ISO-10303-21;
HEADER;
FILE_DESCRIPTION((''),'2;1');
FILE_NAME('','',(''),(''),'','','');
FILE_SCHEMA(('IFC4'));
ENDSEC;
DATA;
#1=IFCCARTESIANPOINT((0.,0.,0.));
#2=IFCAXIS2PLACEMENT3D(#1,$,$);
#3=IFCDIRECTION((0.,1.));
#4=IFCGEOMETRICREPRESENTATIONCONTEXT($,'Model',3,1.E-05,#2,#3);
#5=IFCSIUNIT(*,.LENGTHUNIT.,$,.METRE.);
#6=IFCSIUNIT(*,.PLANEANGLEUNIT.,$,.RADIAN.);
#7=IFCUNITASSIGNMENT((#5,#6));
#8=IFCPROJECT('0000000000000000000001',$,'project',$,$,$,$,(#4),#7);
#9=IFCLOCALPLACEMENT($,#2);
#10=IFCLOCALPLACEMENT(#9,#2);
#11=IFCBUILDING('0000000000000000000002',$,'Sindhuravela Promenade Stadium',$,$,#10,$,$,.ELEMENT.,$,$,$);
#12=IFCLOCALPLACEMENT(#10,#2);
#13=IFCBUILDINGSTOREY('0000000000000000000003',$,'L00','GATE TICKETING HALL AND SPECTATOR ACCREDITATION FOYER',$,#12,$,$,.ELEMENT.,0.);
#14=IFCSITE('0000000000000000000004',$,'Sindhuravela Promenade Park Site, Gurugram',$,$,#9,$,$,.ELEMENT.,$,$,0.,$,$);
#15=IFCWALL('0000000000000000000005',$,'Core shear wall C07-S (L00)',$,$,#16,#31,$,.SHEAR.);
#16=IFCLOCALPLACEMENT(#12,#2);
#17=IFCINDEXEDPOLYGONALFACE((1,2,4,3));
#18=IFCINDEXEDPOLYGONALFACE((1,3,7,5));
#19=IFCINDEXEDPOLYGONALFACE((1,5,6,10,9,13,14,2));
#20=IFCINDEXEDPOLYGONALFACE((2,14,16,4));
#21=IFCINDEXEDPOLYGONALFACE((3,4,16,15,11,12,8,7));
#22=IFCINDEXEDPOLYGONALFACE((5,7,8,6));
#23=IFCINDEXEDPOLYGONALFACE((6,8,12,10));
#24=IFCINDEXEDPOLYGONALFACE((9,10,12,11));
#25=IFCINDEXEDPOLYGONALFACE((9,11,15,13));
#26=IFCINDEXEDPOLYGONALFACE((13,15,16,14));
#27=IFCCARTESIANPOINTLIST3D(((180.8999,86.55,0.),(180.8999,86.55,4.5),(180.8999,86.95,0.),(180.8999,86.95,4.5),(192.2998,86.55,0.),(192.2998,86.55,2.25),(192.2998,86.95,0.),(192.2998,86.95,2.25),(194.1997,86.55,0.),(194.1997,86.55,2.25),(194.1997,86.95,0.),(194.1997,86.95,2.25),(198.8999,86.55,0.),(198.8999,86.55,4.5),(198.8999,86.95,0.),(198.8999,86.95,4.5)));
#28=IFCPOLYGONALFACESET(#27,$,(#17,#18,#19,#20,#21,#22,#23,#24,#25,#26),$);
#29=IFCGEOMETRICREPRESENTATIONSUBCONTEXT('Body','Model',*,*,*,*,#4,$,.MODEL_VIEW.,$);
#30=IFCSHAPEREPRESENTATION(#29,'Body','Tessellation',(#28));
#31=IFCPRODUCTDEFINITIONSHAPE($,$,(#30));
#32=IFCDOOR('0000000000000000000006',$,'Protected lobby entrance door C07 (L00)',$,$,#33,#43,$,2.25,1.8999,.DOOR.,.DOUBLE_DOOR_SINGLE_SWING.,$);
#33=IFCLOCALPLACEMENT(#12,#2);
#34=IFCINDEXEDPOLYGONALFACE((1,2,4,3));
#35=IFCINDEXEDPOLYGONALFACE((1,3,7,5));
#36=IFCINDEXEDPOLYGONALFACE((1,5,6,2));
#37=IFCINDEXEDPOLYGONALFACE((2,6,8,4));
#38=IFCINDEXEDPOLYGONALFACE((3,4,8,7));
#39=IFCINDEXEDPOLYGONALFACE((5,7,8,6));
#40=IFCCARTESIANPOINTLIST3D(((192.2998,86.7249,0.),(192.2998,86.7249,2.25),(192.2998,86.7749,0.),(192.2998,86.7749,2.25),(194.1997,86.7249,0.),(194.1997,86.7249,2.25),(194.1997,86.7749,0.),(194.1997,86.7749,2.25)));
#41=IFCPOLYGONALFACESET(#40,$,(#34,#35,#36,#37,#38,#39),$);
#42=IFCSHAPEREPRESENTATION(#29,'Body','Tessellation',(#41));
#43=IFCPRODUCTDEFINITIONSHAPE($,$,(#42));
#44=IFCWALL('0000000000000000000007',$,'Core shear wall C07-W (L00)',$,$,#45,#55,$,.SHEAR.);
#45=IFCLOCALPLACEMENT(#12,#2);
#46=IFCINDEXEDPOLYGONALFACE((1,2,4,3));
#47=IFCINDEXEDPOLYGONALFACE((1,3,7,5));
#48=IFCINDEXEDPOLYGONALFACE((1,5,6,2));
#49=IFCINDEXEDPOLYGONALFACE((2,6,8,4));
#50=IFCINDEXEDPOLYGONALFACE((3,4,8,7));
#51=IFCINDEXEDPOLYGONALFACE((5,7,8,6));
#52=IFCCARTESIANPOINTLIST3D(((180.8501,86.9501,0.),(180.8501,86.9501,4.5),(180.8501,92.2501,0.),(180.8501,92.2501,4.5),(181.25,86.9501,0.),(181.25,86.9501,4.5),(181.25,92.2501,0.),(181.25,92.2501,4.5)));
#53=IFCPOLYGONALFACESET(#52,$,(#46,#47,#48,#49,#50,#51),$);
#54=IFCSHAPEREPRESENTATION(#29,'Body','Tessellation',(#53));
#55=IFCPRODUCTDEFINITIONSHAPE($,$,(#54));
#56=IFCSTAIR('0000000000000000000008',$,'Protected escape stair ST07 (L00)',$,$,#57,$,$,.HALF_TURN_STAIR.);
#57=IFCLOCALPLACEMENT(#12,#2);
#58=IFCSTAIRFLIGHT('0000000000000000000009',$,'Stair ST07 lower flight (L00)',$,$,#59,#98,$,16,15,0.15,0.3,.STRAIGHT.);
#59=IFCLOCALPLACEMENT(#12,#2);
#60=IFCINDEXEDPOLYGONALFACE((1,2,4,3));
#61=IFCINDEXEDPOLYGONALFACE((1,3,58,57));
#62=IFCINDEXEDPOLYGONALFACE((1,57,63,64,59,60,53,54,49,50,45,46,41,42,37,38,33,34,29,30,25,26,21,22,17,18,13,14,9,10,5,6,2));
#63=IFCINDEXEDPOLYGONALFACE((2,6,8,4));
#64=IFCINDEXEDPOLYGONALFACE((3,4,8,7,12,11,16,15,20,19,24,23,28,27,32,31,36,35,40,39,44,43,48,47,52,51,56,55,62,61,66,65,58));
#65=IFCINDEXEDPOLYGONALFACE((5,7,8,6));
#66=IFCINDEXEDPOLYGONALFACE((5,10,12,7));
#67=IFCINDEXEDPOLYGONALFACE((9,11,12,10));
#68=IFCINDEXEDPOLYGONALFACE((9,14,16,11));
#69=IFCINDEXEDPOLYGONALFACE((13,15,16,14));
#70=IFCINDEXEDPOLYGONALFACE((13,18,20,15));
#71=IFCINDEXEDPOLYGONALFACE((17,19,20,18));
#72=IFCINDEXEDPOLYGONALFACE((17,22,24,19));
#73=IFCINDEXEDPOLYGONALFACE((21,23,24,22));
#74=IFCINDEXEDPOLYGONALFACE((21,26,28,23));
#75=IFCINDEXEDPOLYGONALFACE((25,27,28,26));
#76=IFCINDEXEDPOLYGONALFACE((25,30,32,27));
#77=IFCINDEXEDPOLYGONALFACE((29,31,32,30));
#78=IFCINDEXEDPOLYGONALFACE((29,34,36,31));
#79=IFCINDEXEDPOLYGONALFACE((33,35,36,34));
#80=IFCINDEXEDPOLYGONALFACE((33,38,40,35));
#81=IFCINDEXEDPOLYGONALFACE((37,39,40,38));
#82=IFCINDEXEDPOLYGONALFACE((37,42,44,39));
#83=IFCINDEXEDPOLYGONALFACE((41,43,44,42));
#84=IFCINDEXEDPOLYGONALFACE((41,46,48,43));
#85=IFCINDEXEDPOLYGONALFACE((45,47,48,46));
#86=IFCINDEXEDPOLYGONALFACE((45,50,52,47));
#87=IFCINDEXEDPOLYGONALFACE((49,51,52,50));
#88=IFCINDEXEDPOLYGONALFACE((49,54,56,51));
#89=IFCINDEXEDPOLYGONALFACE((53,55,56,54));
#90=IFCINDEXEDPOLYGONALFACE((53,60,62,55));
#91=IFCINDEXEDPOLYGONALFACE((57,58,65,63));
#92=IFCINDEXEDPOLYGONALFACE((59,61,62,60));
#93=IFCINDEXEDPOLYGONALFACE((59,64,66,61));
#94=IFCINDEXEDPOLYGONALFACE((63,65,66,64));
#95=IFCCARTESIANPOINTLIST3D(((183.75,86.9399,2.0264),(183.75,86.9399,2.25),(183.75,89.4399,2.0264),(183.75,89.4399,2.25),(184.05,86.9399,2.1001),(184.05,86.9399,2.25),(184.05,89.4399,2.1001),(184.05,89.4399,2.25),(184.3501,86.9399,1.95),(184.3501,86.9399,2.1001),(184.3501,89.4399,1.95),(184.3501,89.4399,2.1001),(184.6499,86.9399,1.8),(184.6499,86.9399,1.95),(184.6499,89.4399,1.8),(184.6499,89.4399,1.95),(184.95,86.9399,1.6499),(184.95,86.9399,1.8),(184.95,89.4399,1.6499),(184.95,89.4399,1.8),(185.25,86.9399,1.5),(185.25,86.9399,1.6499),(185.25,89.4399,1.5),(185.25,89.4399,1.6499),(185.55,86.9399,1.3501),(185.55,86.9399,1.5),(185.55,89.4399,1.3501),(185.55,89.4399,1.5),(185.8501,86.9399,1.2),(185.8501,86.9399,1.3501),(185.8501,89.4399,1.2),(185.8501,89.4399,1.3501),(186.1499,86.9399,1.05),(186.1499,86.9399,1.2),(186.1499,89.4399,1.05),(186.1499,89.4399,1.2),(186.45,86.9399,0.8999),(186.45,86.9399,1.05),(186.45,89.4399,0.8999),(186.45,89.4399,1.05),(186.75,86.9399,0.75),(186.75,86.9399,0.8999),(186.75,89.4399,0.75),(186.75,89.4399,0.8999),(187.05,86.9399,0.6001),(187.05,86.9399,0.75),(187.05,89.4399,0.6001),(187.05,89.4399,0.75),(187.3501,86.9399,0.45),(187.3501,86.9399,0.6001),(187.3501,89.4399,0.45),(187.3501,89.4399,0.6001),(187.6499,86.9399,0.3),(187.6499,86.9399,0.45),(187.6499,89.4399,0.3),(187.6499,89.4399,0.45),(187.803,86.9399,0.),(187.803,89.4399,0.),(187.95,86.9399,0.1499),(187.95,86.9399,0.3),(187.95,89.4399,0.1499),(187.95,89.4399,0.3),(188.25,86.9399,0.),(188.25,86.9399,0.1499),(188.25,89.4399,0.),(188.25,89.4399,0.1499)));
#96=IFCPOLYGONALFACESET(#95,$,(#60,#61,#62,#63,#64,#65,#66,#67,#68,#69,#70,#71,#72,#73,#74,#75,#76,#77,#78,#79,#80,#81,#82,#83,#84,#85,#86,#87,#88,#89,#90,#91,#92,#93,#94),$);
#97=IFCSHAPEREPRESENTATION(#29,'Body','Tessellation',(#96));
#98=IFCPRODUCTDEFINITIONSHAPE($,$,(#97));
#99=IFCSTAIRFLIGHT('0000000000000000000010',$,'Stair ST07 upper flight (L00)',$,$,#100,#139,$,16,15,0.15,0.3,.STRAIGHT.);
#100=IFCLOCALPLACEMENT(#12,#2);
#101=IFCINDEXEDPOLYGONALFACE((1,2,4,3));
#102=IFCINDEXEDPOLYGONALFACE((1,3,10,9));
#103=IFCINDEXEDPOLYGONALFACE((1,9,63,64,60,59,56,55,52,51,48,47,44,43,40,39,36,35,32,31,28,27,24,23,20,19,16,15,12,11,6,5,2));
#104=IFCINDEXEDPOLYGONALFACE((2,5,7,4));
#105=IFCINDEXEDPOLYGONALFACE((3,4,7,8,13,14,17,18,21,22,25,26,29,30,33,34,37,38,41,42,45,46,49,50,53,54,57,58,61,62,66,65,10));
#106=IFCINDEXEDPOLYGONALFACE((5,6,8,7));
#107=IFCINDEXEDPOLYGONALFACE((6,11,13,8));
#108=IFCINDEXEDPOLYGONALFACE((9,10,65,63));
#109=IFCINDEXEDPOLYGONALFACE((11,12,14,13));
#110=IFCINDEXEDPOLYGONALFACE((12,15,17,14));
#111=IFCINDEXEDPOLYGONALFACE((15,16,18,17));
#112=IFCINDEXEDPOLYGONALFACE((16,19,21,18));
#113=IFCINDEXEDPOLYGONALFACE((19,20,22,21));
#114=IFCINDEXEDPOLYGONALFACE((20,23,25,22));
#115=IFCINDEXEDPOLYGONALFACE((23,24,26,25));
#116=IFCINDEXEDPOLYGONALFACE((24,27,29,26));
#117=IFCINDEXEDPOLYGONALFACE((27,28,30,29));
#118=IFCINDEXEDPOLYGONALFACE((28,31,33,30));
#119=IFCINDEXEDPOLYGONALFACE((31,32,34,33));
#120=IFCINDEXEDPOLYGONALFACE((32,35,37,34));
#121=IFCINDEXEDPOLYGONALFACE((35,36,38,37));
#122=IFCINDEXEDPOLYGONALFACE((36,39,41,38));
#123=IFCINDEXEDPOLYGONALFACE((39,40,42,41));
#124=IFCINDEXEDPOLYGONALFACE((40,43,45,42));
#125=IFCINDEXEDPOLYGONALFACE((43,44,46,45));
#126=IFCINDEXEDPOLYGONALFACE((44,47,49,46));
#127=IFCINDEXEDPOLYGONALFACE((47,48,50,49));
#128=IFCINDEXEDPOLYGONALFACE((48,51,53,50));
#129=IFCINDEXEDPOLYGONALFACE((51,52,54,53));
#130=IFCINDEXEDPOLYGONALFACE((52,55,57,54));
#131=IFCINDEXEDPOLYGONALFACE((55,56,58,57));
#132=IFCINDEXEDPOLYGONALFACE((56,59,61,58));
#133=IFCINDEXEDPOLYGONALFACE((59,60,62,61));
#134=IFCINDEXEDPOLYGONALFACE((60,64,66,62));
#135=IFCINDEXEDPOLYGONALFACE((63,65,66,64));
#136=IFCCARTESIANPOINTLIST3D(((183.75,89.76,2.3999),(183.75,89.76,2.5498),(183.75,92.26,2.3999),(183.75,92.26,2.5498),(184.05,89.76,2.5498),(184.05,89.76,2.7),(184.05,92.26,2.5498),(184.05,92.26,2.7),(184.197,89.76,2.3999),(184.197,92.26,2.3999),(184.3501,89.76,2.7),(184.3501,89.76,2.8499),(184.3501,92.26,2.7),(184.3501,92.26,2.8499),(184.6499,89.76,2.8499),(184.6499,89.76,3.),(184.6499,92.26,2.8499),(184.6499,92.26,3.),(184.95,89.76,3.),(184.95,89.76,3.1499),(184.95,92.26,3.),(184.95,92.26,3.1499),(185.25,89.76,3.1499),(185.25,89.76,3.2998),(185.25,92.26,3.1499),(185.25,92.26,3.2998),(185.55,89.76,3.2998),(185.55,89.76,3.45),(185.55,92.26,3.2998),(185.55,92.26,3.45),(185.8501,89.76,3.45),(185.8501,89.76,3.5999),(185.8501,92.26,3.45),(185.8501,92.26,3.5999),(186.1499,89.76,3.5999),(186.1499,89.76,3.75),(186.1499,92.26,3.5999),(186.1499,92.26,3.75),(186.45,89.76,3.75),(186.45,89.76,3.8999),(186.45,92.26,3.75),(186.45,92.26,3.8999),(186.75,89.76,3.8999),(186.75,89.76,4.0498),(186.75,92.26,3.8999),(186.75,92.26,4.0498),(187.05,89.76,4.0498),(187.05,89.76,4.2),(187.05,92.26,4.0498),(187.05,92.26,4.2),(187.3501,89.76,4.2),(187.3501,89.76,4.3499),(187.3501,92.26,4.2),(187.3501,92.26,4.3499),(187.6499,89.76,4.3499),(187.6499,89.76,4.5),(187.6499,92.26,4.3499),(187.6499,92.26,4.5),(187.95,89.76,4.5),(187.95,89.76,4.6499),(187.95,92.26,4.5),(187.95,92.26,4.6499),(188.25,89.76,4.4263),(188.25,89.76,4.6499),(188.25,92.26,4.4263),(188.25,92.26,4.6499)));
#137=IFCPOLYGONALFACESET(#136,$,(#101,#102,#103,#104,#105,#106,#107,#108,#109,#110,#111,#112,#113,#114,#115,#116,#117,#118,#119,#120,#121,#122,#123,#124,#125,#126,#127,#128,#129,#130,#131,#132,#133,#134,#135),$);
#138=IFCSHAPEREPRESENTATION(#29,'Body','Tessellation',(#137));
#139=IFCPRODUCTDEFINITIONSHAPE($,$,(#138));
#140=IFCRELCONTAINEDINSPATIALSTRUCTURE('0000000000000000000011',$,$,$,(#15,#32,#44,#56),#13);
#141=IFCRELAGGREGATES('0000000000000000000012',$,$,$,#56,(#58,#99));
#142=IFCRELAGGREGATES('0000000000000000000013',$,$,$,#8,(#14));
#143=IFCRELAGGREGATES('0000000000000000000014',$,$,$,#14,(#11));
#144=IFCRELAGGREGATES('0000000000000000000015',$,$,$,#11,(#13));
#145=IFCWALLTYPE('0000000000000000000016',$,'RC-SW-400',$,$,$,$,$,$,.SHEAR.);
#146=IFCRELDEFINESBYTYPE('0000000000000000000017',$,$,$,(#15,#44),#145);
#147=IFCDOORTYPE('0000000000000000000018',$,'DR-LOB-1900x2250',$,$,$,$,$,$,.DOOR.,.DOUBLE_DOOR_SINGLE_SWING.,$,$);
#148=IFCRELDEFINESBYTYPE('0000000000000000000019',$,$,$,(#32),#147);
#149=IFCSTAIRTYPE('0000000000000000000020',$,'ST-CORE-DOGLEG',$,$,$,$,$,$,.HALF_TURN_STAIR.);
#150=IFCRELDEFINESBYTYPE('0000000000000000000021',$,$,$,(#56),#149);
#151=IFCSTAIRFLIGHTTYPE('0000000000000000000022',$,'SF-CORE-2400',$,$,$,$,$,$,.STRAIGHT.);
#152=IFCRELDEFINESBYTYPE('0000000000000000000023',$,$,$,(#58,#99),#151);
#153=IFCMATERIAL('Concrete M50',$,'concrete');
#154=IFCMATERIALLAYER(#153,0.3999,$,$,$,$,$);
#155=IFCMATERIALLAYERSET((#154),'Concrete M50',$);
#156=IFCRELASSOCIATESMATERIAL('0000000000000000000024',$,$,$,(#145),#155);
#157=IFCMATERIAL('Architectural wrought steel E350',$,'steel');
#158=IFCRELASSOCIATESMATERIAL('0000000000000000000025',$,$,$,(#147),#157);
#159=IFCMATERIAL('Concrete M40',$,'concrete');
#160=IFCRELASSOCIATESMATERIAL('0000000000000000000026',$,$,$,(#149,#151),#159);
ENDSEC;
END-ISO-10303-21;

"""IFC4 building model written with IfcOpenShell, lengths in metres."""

from ifc_helpers import new_model, si_unit, direction, frame, frame_2d, origin, place, context, subcontext, project, spatial, polyline, rectangle, outline, extrude, material, layer, layer_set, type_object, element, fill, aggregate, save


model = new_model("IFC4")

# Units and contexts
model_context = context("Model", 3, precision=1e-05, world=origin(), true_north=direction((0.0, 1.0)))
body_context = subcontext(model_context, "Body", "Model", "MODEL_VIEW")
ifc_project = project(units=[si_unit("LENGTHUNIT", "METRE"), si_unit("PLANEANGLEUNIT", "RADIAN")], contexts=[model_context])

# Site, building, storey
site_placement = place(None, origin())
site = spatial("IfcSite", under=ifc_project, at=site_placement, Name="Sindhuravela Promenade Park Site, Gurugram", CompositionType="ELEMENT", RefElevation=0.0)
building_placement = place(site_placement, origin())
building = spatial("IfcBuilding", under=site, at=building_placement, Name="Sindhuravela Promenade Stadium", CompositionType="ELEMENT")
storey_placement = place(building_placement, origin())
storey = spatial("IfcBuildingStorey", under=building, at=storey_placement, Name="L00", Description="GATE TICKETING HALL AND SPECTATOR ACCREDITATION FOYER", CompositionType="ELEMENT", Elevation=0.0)

# Shared definitions
ifc_material_1 = material(Name="Concrete M50", Category="concrete")

# Shared definitions
ifc_material_2 = material(Name="Concrete M40", Category="concrete")

# Wall, opening, door
ifc_layer_1 = layer(ifc_material_1, 0.3999)
ifc_layer_set_1 = layer_set([ifc_layer_1], Name="Concrete M50")
wall_type_1 = type_object("IfcWallType", Name="RC-SW-400", PredefinedType="SHEAR", material=ifc_layer_set_1)
wall_1_placement = place(storey_placement, frame((180.8999, 86.75, 0.0), z_axis=(0.0, 0.0, 1.0), x_axis=(1.0, 0.0, 0.0)))
wall_1 = element("IfcWall", 1, at=wall_1_placement, inside=storey, type_object=wall_type_1, Name="Core shear wall C07-S (L00)", PredefinedType="SHEAR", context=body_context, shape_type="SweptSolid", body=[
    extrude(rectangle(XDim=18.0, YDim=0.3999, at=frame_2d((9.0, 0.0))), origin(), (0.0, 0.0, 1.0), 4.5),
])
opening_1_placement = place(wall_1_placement, frame((11.3999, 0.0, 0.0)))
opening_1 = element("IfcOpeningElement", 2, at=opening_1_placement, cuts=wall_1, PredefinedType="OPENING", context=body_context, shape_type="SweptSolid", body=[
    extrude(rectangle(XDim=1.8999, YDim=2.25, at=frame_2d((0.95, 1.125))), frame((0.0, 0.21, 0.0), z_axis=(0.0, -1.0, 0.0), x_axis=(1.0, 0.0, 0.0)), (0.0, 0.0, 1.0), 0.4199),
])
ifc_material_3 = material(Name="Architectural wrought steel E350", Category="steel")
door_type_1 = type_object("IfcDoorType", Name="DR-LOB-1900x2250", OperationType="DOUBLE_DOOR_SINGLE_SWING", PredefinedType="DOOR", material=ifc_material_3)
door_1_placement = place(opening_1_placement, origin())
door_1 = element("IfcDoor", 3, at=door_1_placement, inside=storey, type_object=door_type_1, Name="Protected lobby entrance door C07 (L00)", OperationType="DOUBLE_DOOR_SINGLE_SWING", OverallHeight=2.25, OverallWidth=1.8999, PredefinedType="DOOR", context=body_context, shape_type="SweptSolid", body=[
    extrude(rectangle(XDim=1.8999, YDim=2.25, at=frame_2d((0.95, 1.125))), frame((0.0, 0.0249, 0.0), z_axis=(0.0, -1.0, 0.0), x_axis=(1.0, 0.0, 0.0)), (0.0, 0.0, 1.0), 0.05),
])
fill(opening_1, door_1)

# Wall
wall_2_placement = place(storey_placement, frame((181.05, 92.25, 0.0), z_axis=(0.0, 0.0, 1.0), x_axis=(0.0, -1.0, 0.0)))
element("IfcWall", 4, at=wall_2_placement, inside=storey, type_object=wall_type_1, Name="Core shear wall C07-W (L00)", PredefinedType="SHEAR", context=body_context, shape_type="SweptSolid", body=[
    extrude(rectangle(XDim=5.3, YDim=0.3999, at=frame_2d((2.6499, 0.0))), origin(), (0.0, 0.0, 1.0), 4.5),
])

# Stair, stair flights
stair_type = type_object("IfcStairType", Name="ST-CORE-DOGLEG", PredefinedType="HALF_TURN_STAIR", material=ifc_material_2)
stair_placement = place(storey_placement, origin())
stair = element("IfcStair", 5, at=stair_placement, inside=storey, type_object=stair_type, Name="Protected escape stair ST07 (L00)", PredefinedType="HALF_TURN_STAIR")
stair_flight_type = type_object("IfcStairFlightType", Name="SF-CORE-2400", PredefinedType="STRAIGHT", material=ifc_material_2)
stair_flight_1_placement = place(storey_placement, frame((188.25, 88.1899, 0.0), z_axis=(0.0, 0.0, 1.0), x_axis=(-1.0, 0.0, 0.0)))
stair_flight_1 = element("IfcStairFlight", 6, at=stair_flight_1_placement, type_object=stair_flight_type, Name="Stair ST07 lower flight (L00)", NumberOfRisers=16, NumberOfTreads=15, PredefinedType="STRAIGHT", RiserHeight=0.15, TreadLength=0.3, context=body_context, shape_type="SweptSolid", body=[
    extrude(outline(polyline([(0.0, 0.0), (0.0, 0.1499), (0.3, 0.1499), (0.3, 0.3), (0.6001, 0.3), (0.6001, 0.45), (0.8999, 0.45), (0.8999, 0.6001), (1.2, 0.6001), (1.2, 0.75), (1.5, 0.75), (1.5, 0.8999), (1.8, 0.8999), (1.8, 1.05), (2.1001, 1.05), (2.1001, 1.2), (2.3999, 1.2), (2.3999, 1.3501), (2.7, 1.3501), (2.7, 1.5), (3.0, 1.5), (3.0, 1.6499), (3.3, 1.6499), (3.3, 1.8), (3.6001, 1.8), (3.6001, 1.95), (3.8999, 1.95), (3.8999, 2.1001), (4.2, 2.1001), (4.2, 2.25), (4.5, 2.25), (4.5, 2.3999), (4.5, 2.0264), (0.447, 0.0), (0.0, 0.0)])), frame((0.0, 1.25, 0.0), z_axis=(0.0, -1.0, 0.0), x_axis=(1.0, 0.0, 0.0)), (0.0, 0.0, 1.0), 2.5),
])
stair_flight_2_placement = place(storey_placement, frame((183.75, 91.01, 2.3999), z_axis=(0.0, 0.0, 1.0), x_axis=(1.0, 0.0, 0.0)))
stair_flight_2 = element("IfcStairFlight", 7, at=stair_flight_2_placement, type_object=stair_flight_type, Name="Stair ST07 upper flight (L00)", NumberOfRisers=16, NumberOfTreads=15, PredefinedType="STRAIGHT", RiserHeight=0.15, TreadLength=0.3, context=body_context, shape_type="SweptSolid", body=[
    extrude(outline(polyline([(0.0, 0.0), (0.0, 0.1499), (0.3, 0.1499), (0.3, 0.3), (0.6001, 0.3), (0.6001, 0.45), (0.8999, 0.45), (0.8999, 0.6001), (1.2, 0.6001), (1.2, 0.75), (1.5, 0.75), (1.5, 0.8999), (1.8, 0.8999), (1.8, 1.05), (2.1001, 1.05), (2.1001, 1.2), (2.3999, 1.2), (2.3999, 1.3501), (2.7, 1.3501), (2.7, 1.5), (3.0, 1.5), (3.0, 1.6499), (3.3, 1.6499), (3.3, 1.8), (3.6001, 1.8), (3.6001, 1.95), (3.8999, 1.95), (3.8999, 2.1001), (4.2, 2.1001), (4.2, 2.25), (4.5, 2.25), (4.5, 2.3999), (4.5, 2.0264), (0.447, 0.0), (0.0, 0.0)])), frame((0.0, 1.25, 0.0), z_axis=(0.0, -1.0, 0.0), x_axis=(1.0, 0.0, 0.0)), (0.0, 0.0, 1.0), 2.5),
])
aggregate(stair, [stair_flight_1, stair_flight_2])

save(model, "model.ifc")
